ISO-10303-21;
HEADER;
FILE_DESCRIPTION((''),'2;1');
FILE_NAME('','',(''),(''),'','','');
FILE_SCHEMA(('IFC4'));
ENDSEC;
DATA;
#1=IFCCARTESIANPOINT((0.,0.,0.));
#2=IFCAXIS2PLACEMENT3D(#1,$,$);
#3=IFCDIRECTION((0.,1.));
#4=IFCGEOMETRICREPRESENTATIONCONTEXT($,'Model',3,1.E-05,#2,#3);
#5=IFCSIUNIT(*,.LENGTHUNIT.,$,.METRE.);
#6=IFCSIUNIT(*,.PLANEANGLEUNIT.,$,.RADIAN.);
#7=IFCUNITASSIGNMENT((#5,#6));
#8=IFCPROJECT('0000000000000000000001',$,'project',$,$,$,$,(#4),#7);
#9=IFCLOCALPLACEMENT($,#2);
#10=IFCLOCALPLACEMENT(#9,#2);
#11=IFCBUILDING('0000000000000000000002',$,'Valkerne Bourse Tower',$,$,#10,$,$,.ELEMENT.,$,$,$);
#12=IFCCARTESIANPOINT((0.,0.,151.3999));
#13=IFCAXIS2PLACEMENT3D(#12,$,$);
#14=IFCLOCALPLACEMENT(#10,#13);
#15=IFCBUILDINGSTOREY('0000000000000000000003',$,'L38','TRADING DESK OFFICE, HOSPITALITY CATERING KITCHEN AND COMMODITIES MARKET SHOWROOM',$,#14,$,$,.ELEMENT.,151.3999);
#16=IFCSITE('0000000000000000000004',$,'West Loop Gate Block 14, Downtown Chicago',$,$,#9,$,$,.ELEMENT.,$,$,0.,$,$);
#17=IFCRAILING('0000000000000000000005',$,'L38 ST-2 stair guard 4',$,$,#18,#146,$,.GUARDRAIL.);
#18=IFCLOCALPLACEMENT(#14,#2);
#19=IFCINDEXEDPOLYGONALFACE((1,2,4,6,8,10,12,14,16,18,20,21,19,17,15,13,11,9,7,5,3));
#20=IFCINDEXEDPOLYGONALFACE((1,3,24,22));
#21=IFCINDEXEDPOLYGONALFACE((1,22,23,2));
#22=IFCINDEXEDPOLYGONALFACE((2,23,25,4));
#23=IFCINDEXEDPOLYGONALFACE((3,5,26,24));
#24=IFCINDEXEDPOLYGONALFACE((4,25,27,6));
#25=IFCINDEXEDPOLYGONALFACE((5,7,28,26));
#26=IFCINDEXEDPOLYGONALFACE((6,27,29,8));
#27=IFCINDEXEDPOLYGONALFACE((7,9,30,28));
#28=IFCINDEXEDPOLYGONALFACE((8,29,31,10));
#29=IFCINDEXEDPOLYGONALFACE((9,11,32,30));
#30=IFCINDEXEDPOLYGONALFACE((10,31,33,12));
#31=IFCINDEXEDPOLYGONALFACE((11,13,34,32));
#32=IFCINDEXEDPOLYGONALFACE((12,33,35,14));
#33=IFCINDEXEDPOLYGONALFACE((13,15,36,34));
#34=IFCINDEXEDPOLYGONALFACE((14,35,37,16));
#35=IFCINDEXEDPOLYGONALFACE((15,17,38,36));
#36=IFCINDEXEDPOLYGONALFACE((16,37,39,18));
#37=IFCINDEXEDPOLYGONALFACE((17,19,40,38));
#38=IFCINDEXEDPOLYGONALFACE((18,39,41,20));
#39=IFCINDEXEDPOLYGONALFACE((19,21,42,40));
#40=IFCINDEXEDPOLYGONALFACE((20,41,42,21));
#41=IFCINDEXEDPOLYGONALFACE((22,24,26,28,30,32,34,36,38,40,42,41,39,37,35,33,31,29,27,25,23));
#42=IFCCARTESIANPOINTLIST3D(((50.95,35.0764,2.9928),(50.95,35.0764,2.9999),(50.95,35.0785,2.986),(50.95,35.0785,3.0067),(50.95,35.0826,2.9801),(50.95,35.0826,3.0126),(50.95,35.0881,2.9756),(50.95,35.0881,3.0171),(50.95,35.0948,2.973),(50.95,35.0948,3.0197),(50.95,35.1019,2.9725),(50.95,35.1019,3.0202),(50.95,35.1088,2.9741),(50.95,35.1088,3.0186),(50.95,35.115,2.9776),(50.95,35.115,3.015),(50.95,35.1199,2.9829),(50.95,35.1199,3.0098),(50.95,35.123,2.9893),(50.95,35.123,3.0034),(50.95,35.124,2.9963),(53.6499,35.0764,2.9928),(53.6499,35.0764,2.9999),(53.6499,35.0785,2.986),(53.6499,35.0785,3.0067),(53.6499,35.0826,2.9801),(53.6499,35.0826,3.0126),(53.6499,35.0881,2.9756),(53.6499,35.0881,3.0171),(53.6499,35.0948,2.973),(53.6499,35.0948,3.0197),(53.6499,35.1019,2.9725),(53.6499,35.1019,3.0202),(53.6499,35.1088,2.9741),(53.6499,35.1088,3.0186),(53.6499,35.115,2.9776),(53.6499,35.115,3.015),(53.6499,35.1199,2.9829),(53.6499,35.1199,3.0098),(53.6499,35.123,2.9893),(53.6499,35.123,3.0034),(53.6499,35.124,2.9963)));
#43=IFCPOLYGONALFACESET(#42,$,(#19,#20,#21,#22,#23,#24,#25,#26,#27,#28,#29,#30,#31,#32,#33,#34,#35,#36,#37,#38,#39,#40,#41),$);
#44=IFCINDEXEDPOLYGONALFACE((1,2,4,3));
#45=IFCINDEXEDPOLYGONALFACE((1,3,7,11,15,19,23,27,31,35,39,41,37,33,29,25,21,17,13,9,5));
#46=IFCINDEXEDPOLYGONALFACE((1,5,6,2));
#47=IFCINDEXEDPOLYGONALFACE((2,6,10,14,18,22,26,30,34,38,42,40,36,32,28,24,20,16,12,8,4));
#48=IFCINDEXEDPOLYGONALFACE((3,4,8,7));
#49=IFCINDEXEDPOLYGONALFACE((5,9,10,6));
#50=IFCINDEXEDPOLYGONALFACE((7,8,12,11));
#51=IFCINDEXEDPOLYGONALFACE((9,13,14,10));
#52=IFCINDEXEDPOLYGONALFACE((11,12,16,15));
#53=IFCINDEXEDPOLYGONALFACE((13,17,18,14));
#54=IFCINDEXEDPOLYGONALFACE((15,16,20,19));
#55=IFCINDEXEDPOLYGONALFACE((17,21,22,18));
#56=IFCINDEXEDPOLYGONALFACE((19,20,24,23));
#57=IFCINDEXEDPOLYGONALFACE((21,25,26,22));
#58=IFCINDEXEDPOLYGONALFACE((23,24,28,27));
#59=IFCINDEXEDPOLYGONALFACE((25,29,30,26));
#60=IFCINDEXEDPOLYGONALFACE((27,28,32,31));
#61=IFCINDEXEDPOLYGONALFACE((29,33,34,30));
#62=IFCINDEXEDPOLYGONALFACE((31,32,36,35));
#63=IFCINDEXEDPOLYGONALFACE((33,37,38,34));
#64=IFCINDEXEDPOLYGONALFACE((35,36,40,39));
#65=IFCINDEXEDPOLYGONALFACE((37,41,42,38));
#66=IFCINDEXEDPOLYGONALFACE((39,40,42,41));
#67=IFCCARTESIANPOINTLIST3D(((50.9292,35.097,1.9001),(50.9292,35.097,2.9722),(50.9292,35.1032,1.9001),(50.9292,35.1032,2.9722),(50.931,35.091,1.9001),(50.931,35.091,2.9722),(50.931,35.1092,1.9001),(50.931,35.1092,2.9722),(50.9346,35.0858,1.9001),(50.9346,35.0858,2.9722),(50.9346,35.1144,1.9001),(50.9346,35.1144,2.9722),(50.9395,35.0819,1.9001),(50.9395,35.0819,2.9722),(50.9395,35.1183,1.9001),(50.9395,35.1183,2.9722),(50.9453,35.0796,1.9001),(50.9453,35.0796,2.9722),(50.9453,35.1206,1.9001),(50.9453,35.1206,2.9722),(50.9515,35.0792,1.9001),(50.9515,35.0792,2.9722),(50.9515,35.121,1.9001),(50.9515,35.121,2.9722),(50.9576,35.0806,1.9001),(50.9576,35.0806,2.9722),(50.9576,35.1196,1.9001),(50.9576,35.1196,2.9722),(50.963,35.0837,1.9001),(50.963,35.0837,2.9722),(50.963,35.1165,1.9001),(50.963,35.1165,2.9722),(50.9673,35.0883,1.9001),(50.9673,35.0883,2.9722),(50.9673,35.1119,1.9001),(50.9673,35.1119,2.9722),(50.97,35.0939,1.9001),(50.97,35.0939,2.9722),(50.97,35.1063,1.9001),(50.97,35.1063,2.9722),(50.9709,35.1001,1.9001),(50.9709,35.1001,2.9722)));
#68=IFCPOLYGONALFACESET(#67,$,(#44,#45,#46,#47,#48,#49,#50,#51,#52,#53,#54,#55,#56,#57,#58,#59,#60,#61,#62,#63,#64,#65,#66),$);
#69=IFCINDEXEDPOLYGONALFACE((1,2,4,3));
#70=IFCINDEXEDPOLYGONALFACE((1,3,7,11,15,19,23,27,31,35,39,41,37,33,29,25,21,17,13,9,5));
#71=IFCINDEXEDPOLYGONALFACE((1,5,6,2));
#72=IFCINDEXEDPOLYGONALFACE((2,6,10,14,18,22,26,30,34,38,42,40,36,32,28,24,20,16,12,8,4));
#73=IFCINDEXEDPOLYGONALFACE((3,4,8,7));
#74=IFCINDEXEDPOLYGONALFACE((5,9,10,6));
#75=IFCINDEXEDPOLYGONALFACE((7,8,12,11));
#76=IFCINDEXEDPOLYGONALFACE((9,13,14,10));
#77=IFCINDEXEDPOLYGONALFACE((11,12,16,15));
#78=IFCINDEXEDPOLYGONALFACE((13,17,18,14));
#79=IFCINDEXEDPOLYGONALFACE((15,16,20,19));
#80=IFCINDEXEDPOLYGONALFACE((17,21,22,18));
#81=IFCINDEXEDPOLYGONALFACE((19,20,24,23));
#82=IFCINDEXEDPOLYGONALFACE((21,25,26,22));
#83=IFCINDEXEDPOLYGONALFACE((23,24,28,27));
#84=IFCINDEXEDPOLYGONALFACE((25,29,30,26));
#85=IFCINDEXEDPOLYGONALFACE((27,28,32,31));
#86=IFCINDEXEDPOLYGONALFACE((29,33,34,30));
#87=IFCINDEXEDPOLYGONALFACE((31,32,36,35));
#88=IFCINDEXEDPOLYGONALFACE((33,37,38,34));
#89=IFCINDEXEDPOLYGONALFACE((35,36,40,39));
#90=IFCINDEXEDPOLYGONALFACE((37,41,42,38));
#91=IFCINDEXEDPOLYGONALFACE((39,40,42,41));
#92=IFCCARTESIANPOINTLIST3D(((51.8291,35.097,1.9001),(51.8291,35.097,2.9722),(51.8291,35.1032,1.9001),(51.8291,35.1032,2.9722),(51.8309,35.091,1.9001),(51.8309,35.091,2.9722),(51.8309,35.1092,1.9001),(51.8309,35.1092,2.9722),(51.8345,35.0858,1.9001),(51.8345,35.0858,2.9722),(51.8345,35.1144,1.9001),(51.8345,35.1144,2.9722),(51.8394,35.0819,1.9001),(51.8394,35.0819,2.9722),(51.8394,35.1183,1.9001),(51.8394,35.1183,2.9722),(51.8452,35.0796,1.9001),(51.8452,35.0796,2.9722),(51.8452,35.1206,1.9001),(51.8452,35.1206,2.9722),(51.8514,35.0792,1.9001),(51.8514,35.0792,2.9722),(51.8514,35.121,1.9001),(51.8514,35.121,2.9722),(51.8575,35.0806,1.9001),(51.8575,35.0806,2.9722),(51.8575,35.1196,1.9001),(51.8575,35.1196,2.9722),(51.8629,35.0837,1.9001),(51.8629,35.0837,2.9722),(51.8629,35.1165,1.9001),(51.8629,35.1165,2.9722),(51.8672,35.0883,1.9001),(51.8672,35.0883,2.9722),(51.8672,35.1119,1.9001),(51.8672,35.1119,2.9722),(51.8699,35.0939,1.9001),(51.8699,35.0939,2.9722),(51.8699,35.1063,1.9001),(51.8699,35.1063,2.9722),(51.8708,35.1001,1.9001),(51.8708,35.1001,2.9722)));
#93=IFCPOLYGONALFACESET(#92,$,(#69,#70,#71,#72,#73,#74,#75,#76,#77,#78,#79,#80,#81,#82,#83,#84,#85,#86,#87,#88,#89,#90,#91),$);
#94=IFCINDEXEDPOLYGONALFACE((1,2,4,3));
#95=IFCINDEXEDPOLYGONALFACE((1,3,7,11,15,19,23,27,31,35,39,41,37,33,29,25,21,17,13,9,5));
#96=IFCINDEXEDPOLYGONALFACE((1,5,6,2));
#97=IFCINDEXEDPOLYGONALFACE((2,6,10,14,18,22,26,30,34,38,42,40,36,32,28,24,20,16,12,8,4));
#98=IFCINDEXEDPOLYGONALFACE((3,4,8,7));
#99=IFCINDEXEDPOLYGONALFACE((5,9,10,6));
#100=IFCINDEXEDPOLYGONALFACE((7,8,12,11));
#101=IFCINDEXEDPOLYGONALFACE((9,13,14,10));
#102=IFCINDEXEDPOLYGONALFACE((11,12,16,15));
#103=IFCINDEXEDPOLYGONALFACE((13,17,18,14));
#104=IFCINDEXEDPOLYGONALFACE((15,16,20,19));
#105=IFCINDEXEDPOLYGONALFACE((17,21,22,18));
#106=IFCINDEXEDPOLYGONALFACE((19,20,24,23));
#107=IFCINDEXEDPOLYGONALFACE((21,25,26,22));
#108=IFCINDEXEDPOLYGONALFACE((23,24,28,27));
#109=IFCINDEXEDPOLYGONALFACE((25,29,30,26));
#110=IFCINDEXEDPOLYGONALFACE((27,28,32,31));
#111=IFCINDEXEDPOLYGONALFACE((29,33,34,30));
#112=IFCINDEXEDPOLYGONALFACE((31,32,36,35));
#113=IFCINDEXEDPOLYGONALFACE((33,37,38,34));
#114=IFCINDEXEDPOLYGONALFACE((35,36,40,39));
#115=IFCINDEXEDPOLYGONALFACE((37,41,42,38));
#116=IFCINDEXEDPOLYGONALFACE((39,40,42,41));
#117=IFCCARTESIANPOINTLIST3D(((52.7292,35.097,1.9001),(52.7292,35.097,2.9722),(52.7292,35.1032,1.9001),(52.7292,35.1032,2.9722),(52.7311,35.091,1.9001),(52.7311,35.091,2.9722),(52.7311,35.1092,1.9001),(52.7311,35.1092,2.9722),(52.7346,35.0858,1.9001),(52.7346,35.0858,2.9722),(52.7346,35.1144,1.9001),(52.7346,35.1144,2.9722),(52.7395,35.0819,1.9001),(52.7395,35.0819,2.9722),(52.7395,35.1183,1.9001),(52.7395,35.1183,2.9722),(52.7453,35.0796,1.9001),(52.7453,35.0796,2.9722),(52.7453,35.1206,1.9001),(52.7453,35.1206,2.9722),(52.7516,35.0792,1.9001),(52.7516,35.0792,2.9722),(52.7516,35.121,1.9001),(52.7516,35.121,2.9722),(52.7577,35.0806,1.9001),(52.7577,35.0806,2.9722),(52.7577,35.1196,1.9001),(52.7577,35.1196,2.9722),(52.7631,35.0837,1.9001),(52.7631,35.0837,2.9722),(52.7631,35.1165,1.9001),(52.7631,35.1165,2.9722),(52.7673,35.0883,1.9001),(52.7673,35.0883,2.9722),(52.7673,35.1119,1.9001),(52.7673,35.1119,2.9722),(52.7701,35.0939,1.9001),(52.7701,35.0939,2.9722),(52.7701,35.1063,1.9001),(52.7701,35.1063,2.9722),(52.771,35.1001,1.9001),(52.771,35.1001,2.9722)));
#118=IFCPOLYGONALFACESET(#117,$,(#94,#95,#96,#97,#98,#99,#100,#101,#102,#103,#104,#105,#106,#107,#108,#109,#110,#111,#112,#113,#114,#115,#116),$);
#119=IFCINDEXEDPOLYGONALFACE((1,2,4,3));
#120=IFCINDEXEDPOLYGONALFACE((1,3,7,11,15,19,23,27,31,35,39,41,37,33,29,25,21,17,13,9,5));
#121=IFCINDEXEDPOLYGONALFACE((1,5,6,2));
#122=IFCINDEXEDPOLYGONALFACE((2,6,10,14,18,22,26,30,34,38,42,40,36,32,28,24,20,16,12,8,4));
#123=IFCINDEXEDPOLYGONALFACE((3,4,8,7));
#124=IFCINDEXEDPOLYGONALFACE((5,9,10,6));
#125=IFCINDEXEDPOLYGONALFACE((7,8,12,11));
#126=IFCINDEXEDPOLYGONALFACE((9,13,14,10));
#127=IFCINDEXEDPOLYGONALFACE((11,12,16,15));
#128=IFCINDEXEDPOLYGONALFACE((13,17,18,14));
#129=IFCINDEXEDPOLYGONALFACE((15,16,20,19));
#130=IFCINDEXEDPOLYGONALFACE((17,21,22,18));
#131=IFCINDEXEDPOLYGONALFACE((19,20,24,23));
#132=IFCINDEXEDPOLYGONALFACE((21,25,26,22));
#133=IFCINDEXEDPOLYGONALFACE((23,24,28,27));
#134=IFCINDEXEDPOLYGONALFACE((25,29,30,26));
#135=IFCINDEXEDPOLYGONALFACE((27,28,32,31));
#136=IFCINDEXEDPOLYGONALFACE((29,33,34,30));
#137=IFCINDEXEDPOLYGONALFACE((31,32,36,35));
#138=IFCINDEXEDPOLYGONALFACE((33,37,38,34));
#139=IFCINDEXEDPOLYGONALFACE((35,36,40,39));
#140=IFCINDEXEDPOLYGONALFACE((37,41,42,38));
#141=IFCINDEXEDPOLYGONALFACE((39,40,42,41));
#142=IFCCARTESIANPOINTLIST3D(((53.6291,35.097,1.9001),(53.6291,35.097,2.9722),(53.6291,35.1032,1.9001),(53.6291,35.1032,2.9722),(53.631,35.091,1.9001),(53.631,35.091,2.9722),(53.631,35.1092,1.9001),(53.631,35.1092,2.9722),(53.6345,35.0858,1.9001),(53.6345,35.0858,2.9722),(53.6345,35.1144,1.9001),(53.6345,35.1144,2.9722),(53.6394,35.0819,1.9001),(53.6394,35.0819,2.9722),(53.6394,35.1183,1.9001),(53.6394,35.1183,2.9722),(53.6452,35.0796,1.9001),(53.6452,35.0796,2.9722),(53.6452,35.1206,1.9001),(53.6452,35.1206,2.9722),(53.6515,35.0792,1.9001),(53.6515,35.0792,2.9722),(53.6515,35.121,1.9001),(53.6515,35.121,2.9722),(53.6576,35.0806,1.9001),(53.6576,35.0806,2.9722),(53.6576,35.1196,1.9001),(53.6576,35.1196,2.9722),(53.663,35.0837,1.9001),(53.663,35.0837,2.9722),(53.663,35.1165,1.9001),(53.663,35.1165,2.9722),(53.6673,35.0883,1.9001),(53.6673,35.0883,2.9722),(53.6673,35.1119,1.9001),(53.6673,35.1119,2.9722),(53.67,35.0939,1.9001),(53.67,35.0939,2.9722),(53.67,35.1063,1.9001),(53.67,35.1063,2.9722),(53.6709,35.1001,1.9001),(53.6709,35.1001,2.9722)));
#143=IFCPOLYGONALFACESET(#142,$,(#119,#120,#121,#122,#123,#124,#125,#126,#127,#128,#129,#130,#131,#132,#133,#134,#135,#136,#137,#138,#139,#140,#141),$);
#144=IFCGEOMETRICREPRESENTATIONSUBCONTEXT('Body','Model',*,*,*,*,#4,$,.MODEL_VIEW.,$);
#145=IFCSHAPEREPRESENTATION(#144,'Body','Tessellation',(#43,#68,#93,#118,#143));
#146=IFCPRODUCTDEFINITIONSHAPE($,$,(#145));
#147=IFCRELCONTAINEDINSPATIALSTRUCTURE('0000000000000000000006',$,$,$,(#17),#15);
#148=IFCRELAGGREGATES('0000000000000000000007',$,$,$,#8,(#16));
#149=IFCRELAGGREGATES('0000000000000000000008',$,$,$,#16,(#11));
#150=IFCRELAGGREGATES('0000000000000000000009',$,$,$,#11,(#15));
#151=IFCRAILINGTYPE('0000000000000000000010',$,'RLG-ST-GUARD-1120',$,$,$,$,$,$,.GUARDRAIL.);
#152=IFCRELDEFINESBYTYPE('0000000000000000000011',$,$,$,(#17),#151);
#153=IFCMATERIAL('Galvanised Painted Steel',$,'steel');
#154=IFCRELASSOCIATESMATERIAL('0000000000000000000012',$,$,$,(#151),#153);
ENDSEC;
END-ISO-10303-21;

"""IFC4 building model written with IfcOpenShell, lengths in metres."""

from ifc_helpers import new_model, si_unit, direction, frame, origin, origin_2d, place, context, subcontext, project, spatial, circle, extrude, material, type_object, element, save


model = new_model("IFC4")

# Units and contexts
model_context = context("Model", 3, precision=1e-05, world=origin(), true_north=direction((0.0, 1.0)))
body_context = subcontext(model_context, "Body", "Model", "MODEL_VIEW")
ifc_project = project(units=[si_unit("LENGTHUNIT", "METRE"), si_unit("PLANEANGLEUNIT", "RADIAN")], contexts=[model_context])

# Site, building, storey
site_placement = place(None, origin())
site = spatial("IfcSite", under=ifc_project, at=site_placement, Name="West Loop Gate Block 14, Downtown Chicago", CompositionType="ELEMENT", RefElevation=0.0)
building_placement = place(site_placement, origin())
building = spatial("IfcBuilding", under=site, at=building_placement, Name="Valkerne Bourse Tower", CompositionType="ELEMENT")
storey_placement = place(building_placement, frame((0.0, 0.0, 151.3999)))
storey = spatial("IfcBuildingStorey", under=building, at=storey_placement, Name="L38", Description="TRADING DESK OFFICE, HOSPITALITY CATERING KITCHEN AND COMMODITIES MARKET SHOWROOM", CompositionType="ELEMENT", Elevation=151.3999)

# Shared definitions
ifc_material_1 = material(Name="Galvanised Painted Steel", Category="steel")

# Railing
railing_type_1 = type_object("IfcRailingType", Name="RLG-ST-GUARD-1120", PredefinedType="GUARDRAIL", material=ifc_material_1)
for number, where, name in (
    (1, (50.95, 35.1001, 1.9001), "L38 ST-2 stair guard 4"),
):
    element("IfcRailing", number, at=place(storey_placement, frame(where)), inside=storey, type_object=railing_type_1, Name=name, PredefinedType="GUARDRAIL", context=body_context, shape_type="SweptSolid", body=[
        extrude(circle(Radius=0.0239, at=origin_2d()), frame((0.0, 0.0, 1.0962), z_axis=(1.0, 0.0, 0.0), x_axis=(0.0, 1.0, 0.0)), (0.0, 0.0, 1.0), 2.7),
        extrude(circle(Radius=0.021, at=origin_2d()), origin(), (0.0, 0.0, 1.0), 1.072),
        extrude(circle(Radius=0.021, at=origin_2d()), frame((0.8999, 0.0, 0.0)), (0.0, 0.0, 1.0), 1.072),
        extrude(circle(Radius=0.021, at=origin_2d()), frame((1.8, 0.0, 0.0)), (0.0, 0.0, 1.0), 1.072),
        extrude(circle(Radius=0.021, at=origin_2d()), frame((2.7, 0.0, 0.0)), (0.0, 0.0, 1.0), 1.072),
    ])

save(model, "model.ifc")
